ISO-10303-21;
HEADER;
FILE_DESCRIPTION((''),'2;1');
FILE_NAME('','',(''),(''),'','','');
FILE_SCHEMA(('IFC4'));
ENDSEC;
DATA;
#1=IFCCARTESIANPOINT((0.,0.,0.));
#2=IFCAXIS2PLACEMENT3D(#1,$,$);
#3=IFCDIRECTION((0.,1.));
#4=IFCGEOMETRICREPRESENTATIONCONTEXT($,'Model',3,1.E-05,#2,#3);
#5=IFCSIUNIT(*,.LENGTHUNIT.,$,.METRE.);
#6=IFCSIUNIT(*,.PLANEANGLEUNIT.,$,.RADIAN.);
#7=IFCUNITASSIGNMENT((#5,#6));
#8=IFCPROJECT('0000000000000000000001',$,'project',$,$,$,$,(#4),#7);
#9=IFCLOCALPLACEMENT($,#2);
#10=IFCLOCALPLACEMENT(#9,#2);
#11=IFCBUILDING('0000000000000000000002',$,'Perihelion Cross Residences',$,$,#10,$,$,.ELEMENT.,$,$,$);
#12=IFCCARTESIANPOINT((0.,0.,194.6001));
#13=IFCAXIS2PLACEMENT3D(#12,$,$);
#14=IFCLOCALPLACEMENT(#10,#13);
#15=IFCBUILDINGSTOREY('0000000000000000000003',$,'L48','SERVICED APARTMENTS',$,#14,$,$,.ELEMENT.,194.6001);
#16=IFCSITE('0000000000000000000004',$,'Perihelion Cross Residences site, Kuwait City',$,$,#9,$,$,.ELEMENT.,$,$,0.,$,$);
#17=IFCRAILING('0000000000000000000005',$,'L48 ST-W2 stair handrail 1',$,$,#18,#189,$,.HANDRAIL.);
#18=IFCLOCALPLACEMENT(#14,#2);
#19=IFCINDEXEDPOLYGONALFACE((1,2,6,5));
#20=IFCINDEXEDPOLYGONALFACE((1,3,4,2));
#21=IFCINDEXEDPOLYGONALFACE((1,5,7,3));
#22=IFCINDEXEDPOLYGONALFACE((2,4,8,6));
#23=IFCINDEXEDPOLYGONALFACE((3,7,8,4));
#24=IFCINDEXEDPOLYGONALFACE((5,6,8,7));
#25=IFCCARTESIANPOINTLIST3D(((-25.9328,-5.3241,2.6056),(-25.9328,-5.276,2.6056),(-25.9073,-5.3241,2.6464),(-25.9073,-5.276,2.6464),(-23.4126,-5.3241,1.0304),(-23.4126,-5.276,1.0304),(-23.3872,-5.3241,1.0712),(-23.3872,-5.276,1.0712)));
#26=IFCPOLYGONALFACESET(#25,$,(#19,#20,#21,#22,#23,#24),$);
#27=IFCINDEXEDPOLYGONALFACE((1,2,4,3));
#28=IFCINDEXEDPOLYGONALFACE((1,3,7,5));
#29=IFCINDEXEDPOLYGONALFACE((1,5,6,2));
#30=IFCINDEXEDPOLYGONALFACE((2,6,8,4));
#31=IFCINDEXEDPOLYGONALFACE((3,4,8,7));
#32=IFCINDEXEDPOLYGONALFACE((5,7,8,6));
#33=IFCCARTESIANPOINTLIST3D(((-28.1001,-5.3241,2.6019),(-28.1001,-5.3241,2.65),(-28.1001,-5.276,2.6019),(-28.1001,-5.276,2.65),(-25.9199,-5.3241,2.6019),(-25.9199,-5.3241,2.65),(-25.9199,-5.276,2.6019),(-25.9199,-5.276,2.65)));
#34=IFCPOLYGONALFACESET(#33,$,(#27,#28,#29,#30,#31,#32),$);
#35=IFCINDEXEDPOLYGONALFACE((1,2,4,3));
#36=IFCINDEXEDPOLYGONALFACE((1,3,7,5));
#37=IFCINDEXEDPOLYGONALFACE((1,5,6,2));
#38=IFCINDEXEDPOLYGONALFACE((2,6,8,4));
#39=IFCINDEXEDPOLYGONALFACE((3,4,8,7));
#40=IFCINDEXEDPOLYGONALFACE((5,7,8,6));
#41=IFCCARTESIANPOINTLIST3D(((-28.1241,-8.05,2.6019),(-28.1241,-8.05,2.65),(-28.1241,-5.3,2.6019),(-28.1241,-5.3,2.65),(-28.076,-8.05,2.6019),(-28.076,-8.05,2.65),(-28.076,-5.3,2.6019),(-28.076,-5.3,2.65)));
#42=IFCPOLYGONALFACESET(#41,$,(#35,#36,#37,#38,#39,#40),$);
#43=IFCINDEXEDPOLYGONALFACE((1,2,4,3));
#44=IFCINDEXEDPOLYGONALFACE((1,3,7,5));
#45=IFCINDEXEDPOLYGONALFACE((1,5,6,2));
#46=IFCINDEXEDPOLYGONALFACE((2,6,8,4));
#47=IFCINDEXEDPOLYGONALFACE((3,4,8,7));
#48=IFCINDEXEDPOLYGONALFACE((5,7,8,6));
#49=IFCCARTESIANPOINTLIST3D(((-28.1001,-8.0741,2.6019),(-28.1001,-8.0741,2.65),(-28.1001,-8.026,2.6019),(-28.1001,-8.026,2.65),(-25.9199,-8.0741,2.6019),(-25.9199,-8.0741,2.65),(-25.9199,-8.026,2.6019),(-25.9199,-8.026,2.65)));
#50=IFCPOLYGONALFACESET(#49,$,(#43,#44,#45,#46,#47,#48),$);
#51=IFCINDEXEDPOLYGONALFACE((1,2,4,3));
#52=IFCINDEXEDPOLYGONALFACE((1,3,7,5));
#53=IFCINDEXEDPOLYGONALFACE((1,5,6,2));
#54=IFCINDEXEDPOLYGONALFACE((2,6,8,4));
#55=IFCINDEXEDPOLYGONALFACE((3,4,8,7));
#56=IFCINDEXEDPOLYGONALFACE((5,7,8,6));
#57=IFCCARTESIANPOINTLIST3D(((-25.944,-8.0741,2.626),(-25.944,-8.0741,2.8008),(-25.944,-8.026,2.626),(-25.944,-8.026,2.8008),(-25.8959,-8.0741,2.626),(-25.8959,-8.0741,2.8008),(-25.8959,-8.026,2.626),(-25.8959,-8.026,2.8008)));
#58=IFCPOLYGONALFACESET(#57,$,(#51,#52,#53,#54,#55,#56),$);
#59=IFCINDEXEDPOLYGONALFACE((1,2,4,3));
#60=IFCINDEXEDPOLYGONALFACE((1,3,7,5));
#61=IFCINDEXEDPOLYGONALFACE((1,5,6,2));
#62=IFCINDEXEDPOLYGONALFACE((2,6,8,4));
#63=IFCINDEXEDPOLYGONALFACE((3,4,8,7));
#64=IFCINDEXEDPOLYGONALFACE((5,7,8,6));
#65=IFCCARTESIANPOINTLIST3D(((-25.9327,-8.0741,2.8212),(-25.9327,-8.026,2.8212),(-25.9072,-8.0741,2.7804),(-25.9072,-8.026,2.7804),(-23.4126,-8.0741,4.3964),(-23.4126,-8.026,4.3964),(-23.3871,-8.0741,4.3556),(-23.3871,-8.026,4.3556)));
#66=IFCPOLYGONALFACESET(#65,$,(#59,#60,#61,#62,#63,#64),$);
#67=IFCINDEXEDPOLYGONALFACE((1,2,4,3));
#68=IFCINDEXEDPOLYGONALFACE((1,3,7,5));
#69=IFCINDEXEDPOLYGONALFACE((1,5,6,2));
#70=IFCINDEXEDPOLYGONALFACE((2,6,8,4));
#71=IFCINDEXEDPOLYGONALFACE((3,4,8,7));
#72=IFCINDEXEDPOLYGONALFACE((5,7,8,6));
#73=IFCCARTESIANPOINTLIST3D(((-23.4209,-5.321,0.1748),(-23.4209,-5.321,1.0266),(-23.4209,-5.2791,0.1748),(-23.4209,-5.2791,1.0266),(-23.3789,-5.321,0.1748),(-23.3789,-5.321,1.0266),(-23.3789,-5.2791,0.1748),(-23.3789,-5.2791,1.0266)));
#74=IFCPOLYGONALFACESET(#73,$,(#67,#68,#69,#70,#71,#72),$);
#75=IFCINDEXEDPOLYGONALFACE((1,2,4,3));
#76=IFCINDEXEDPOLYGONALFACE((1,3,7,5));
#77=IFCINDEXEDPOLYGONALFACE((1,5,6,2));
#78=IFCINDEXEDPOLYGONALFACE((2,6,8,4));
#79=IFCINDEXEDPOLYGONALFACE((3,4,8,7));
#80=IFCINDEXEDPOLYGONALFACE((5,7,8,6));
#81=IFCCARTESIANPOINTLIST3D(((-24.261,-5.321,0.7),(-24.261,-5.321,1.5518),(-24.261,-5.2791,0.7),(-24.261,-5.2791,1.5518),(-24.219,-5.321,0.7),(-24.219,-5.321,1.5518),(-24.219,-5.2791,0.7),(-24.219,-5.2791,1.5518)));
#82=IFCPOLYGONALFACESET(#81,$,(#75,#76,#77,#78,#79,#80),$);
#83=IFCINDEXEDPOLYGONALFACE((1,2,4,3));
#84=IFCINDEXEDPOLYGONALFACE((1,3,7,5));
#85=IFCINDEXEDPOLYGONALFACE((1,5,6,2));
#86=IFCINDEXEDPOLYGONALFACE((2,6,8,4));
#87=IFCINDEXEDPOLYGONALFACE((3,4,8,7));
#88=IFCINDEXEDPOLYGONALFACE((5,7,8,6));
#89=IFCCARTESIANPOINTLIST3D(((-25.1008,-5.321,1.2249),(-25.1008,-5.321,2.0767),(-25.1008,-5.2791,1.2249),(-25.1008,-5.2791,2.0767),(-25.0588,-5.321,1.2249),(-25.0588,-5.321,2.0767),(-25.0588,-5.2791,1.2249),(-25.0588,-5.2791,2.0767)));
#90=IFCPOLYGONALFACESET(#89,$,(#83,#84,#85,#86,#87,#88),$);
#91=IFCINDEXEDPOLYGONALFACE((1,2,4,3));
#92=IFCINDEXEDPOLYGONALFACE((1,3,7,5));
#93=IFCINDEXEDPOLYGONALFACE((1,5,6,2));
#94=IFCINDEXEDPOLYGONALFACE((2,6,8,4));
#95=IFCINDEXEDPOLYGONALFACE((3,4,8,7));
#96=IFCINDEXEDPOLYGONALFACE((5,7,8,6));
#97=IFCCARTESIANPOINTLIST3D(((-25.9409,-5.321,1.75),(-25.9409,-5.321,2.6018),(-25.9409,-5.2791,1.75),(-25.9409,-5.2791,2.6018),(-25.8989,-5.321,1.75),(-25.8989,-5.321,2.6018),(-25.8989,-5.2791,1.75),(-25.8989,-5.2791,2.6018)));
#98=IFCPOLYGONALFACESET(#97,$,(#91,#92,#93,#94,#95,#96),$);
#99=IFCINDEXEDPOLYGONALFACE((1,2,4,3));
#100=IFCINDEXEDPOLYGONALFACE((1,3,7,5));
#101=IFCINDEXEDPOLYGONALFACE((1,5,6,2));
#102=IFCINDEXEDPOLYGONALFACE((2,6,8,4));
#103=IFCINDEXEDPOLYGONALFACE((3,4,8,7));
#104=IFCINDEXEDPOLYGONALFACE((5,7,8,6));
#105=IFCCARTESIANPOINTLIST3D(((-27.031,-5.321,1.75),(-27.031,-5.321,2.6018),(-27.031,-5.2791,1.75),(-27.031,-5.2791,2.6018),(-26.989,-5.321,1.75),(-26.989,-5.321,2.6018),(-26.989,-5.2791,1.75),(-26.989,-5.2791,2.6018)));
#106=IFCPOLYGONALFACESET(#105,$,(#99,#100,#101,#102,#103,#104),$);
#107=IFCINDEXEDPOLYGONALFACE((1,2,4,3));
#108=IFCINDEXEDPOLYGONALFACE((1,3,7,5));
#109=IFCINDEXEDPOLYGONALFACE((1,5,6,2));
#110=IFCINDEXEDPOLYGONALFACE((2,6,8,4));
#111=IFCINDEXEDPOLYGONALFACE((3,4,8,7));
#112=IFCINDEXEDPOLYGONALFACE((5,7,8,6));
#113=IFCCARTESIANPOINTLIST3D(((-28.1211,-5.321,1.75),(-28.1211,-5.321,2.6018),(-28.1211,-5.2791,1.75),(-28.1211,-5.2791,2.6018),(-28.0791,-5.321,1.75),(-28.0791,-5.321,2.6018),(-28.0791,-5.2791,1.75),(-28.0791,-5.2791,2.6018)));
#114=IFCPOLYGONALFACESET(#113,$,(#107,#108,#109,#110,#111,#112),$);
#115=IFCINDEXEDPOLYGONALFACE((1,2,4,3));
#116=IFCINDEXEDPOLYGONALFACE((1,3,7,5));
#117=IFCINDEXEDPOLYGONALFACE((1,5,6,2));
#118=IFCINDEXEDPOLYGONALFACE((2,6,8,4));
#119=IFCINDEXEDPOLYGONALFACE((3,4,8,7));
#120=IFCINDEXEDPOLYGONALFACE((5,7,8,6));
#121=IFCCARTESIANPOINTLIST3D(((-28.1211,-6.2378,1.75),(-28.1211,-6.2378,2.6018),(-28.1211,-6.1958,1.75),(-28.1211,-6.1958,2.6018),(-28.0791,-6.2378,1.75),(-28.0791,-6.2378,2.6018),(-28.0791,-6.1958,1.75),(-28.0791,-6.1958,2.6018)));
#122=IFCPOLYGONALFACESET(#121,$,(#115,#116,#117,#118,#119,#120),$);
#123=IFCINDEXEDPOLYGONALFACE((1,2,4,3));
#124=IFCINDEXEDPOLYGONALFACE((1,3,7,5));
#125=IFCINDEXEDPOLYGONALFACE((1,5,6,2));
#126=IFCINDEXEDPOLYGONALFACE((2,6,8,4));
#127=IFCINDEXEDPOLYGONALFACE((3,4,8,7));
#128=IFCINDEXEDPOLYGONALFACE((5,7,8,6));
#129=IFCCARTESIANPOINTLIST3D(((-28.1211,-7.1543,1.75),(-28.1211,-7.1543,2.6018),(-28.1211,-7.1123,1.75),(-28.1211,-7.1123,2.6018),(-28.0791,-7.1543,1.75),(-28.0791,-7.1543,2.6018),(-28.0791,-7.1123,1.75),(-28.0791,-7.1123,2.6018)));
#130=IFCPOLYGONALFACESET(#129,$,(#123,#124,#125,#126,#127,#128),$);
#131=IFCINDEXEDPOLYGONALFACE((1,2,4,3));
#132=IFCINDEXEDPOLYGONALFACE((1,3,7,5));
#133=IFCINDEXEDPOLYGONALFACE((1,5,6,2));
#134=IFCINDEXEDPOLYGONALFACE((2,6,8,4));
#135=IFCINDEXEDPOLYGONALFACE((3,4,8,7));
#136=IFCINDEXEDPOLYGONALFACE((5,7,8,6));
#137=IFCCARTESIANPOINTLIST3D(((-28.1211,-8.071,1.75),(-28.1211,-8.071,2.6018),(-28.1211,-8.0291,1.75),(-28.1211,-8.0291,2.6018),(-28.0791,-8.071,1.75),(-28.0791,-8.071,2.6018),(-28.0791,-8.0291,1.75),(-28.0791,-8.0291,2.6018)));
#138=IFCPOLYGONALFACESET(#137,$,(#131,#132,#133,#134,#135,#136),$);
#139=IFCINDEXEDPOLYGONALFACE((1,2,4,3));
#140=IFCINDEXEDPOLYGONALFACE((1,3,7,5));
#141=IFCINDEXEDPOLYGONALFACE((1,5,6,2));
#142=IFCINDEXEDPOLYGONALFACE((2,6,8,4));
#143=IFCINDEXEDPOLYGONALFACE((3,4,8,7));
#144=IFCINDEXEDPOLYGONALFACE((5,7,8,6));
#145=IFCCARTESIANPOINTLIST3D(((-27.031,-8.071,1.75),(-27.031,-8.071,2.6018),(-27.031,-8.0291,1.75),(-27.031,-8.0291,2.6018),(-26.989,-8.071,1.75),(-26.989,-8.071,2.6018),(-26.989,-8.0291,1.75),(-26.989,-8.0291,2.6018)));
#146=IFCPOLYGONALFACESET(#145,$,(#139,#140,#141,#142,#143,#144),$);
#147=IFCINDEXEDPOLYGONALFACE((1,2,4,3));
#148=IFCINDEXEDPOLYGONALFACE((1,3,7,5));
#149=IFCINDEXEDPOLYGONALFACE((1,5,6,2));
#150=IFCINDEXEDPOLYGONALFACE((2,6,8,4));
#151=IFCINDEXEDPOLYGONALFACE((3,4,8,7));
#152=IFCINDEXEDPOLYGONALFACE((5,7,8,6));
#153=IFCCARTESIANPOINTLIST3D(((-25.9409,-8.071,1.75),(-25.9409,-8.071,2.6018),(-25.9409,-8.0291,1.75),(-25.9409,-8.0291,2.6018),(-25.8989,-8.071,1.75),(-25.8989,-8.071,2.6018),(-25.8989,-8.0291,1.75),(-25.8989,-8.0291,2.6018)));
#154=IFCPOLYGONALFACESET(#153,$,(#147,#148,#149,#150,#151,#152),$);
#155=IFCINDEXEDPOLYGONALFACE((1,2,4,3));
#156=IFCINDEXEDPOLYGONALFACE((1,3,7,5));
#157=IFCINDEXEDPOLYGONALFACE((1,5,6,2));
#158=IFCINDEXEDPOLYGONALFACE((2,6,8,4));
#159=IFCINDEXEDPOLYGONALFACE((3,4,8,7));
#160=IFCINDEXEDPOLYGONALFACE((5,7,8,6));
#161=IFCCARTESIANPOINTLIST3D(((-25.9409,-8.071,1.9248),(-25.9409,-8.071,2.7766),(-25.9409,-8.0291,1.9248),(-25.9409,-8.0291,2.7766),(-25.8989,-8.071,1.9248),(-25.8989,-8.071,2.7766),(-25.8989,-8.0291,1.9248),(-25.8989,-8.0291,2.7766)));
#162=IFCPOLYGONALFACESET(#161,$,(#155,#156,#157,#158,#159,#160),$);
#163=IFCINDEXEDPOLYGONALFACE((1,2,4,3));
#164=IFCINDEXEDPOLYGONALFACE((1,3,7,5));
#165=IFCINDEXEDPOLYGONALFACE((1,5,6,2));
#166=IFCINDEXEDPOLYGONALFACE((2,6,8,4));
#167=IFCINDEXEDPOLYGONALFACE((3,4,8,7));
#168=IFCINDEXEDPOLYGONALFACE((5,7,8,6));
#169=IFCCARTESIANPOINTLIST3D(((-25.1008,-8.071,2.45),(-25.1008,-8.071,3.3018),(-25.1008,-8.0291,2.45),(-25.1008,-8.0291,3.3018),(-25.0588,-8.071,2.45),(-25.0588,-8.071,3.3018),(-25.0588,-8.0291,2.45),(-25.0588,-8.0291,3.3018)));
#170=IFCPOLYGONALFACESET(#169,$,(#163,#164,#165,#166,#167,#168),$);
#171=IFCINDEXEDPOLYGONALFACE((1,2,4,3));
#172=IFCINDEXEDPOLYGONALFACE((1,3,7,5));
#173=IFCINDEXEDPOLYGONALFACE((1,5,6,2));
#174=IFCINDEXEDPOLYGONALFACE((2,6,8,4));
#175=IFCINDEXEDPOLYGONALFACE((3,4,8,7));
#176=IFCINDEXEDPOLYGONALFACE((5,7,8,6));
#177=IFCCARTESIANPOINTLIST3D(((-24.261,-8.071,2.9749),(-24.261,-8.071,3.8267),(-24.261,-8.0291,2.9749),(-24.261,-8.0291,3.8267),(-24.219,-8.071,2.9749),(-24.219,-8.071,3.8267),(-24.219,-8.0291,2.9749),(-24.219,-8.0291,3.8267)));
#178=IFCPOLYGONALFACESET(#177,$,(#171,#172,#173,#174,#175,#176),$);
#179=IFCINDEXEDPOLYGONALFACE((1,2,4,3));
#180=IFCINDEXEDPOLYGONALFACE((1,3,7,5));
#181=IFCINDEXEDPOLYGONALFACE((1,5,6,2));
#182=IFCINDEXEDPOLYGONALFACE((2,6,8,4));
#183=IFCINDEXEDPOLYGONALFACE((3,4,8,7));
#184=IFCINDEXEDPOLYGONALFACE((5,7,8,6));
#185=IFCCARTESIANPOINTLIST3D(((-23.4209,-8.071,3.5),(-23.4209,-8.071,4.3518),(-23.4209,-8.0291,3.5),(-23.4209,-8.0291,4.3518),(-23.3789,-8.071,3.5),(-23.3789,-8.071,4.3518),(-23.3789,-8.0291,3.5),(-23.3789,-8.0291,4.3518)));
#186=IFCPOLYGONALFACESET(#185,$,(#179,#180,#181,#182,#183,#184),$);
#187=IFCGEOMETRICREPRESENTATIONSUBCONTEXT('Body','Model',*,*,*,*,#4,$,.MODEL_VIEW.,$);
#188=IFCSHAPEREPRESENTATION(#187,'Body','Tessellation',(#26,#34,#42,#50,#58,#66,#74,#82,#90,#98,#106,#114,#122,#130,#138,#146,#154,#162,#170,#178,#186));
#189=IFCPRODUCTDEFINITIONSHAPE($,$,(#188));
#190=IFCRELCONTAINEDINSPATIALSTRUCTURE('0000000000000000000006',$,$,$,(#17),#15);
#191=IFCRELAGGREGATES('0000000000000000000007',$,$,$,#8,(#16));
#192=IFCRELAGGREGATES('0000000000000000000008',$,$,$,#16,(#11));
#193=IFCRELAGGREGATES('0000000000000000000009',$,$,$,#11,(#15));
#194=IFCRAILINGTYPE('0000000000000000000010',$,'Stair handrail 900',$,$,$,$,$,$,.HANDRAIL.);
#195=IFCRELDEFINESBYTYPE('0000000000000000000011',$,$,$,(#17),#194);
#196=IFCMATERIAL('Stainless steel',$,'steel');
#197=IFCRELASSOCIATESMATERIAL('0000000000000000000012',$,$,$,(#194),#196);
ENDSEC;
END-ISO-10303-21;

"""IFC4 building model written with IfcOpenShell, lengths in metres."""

from ifc_helpers import new_model, si_unit, direction, frame, origin, origin_2d, place, context, subcontext, project, spatial, rectangle, extrude, material, type_object, element, save


model = new_model("IFC4")

# Units and contexts
model_context = context("Model", 3, precision=1e-05, world=origin(), true_north=direction((0.0, 1.0)))
body_context = subcontext(model_context, "Body", "Model", "MODEL_VIEW")
ifc_project = project(units=[si_unit("LENGTHUNIT", "METRE"), si_unit("PLANEANGLEUNIT", "RADIAN")], contexts=[model_context])

# Site, building, storey
site_placement = place(None, origin())
site = spatial("IfcSite", under=ifc_project, at=site_placement, Name="Perihelion Cross Residences site, Kuwait City", CompositionType="ELEMENT", RefElevation=0.0)
building_placement = place(site_placement, origin())
building = spatial("IfcBuilding", under=site, at=building_placement, Name="Perihelion Cross Residences", CompositionType="ELEMENT")
storey_placement = place(building_placement, frame((0.0, 0.0, 194.6001)))
storey = spatial("IfcBuildingStorey", under=building, at=storey_placement, Name="L48", Description="SERVICED APARTMENTS", CompositionType="ELEMENT", Elevation=194.6001)

# Railing
ifc_material_1 = material(Name="Stainless steel", Category="steel")
railing_type_1 = type_object("IfcRailingType", Name="Stair handrail 900", PredefinedType="HANDRAIL", material=ifc_material_1)
railing_1_placement = place(storey_placement, frame((-23.3999, -5.3, 0.1748)))
element("IfcRailing", 1, at=railing_1_placement, inside=storey, type_object=railing_type_1, Name="L48 ST-W2 stair handrail 1", PredefinedType="HANDRAIL", context=body_context, shape_type="SweptSolid", body=[
    extrude(rectangle(XDim=0.0481, YDim=0.0481, at=origin_2d()), frame((0.0, 0.0, 0.876), z_axis=(-0.847971, 0.0, 0.530043), x_axis=(0.0, -1.0, 0.0)), (0.0, 0.0, 1.0), 2.9719),
    extrude(rectangle(XDim=0.0481, YDim=0.0481, at=origin_2d()), frame((-2.52, 0.0, 2.4512), z_axis=(-1.0, 0.0, 0.0), x_axis=(0.0, -1.0, 0.0)), (0.0, 0.0, 1.0), 2.1802),
    extrude(rectangle(XDim=0.0481, YDim=0.0481, at=origin_2d()), frame((-4.7002, 0.0, 2.4512), z_axis=(0.0, -1.0, 0.0), x_axis=(1.0, 0.0, 0.0)), (0.0, 0.0, 1.0), 2.75),
    extrude(rectangle(XDim=0.0481, YDim=0.0481, at=origin_2d()), frame((-4.7002, -2.75, 2.4512), z_axis=(1.0, 0.0, 0.0), x_axis=(0.0, 1.0, 0.0)), (0.0, 0.0, 1.0), 2.1802),
    extrude(rectangle(XDim=0.0481, YDim=0.0481, at=origin_2d()), frame((-2.52, -2.75, 2.4512), z_axis=(0.0, 0.0, 1.0), x_axis=(1.0, 0.0, 0.0)), (0.0, 0.0, 1.0), 0.1748),
    extrude(rectangle(XDim=0.0481, YDim=0.0481, at=origin_2d()), frame((-2.52, -2.75, 2.626), z_axis=(0.847971, 0.0, 0.530043), x_axis=(0.0, 1.0, 0.0)), (0.0, 0.0, 1.0), 2.9719),
    extrude(rectangle(XDim=0.042, YDim=0.042, at=origin_2d()), origin(), (0.0, 0.0, 1.0), 0.8518),
    extrude(rectangle(XDim=0.042, YDim=0.042, at=origin_2d()), frame((-0.8401, 0.0, 0.5251)), (0.0, 0.0, 1.0), 0.8518),
    extrude(rectangle(XDim=0.042, YDim=0.042, at=origin_2d()), frame((-1.6799, 0.0, 1.05)), (0.0, 0.0, 1.0), 0.8518),
    extrude(rectangle(XDim=0.042, YDim=0.042, at=origin_2d()), frame((-2.52, 0.0, 1.5752)), (0.0, 0.0, 1.0), 0.8518),
    extrude(rectangle(XDim=0.042, YDim=0.042, at=origin_2d()), frame((-3.6101, 0.0, 1.5752)), (0.0, 0.0, 1.0), 0.8518),
    extrude(rectangle(XDim=0.042, YDim=0.042, at=origin_2d()), frame((-4.7002, 0.0, 1.5752)), (0.0, 0.0, 1.0), 0.8518),
    extrude(rectangle(XDim=0.042, YDim=0.042, at=origin_2d()), frame((-4.7002, -0.9167, 1.5752)), (0.0, 0.0, 1.0), 0.8518),
    extrude(rectangle(XDim=0.042, YDim=0.042, at=origin_2d()), frame((-4.7002, -1.8333, 1.5752)), (0.0, 0.0, 1.0), 0.8518),
    extrude(rectangle(XDim=0.042, YDim=0.042, at=origin_2d()), frame((-4.7002, -2.75, 1.5752)), (0.0, 0.0, 1.0), 0.8518),
    extrude(rectangle(XDim=0.042, YDim=0.042, at=origin_2d()), frame((-3.6101, -2.75, 1.5752)), (0.0, 0.0, 1.0), 0.8518),
    extrude(rectangle(XDim=0.042, YDim=0.042, at=origin_2d()), frame((-2.52, -2.75, 1.5752)), (0.0, 0.0, 1.0), 0.8518),
    extrude(rectangle(XDim=0.042, YDim=0.042, at=origin_2d()), frame((-2.52, -2.75, 1.75)), (0.0, 0.0, 1.0), 0.8518),
    extrude(rectangle(XDim=0.042, YDim=0.042, at=origin_2d()), frame((-1.6799, -2.75, 2.2751)), (0.0, 0.0, 1.0), 0.8518),
    extrude(rectangle(XDim=0.042, YDim=0.042, at=origin_2d()), frame((-0.8401, -2.75, 2.8)), (0.0, 0.0, 1.0), 0.8518),
    extrude(rectangle(XDim=0.042, YDim=0.042, at=origin_2d()), frame((0.0, -2.75, 3.3252)), (0.0, 0.0, 1.0), 0.8518),
])

save(model, "model.ifc")
